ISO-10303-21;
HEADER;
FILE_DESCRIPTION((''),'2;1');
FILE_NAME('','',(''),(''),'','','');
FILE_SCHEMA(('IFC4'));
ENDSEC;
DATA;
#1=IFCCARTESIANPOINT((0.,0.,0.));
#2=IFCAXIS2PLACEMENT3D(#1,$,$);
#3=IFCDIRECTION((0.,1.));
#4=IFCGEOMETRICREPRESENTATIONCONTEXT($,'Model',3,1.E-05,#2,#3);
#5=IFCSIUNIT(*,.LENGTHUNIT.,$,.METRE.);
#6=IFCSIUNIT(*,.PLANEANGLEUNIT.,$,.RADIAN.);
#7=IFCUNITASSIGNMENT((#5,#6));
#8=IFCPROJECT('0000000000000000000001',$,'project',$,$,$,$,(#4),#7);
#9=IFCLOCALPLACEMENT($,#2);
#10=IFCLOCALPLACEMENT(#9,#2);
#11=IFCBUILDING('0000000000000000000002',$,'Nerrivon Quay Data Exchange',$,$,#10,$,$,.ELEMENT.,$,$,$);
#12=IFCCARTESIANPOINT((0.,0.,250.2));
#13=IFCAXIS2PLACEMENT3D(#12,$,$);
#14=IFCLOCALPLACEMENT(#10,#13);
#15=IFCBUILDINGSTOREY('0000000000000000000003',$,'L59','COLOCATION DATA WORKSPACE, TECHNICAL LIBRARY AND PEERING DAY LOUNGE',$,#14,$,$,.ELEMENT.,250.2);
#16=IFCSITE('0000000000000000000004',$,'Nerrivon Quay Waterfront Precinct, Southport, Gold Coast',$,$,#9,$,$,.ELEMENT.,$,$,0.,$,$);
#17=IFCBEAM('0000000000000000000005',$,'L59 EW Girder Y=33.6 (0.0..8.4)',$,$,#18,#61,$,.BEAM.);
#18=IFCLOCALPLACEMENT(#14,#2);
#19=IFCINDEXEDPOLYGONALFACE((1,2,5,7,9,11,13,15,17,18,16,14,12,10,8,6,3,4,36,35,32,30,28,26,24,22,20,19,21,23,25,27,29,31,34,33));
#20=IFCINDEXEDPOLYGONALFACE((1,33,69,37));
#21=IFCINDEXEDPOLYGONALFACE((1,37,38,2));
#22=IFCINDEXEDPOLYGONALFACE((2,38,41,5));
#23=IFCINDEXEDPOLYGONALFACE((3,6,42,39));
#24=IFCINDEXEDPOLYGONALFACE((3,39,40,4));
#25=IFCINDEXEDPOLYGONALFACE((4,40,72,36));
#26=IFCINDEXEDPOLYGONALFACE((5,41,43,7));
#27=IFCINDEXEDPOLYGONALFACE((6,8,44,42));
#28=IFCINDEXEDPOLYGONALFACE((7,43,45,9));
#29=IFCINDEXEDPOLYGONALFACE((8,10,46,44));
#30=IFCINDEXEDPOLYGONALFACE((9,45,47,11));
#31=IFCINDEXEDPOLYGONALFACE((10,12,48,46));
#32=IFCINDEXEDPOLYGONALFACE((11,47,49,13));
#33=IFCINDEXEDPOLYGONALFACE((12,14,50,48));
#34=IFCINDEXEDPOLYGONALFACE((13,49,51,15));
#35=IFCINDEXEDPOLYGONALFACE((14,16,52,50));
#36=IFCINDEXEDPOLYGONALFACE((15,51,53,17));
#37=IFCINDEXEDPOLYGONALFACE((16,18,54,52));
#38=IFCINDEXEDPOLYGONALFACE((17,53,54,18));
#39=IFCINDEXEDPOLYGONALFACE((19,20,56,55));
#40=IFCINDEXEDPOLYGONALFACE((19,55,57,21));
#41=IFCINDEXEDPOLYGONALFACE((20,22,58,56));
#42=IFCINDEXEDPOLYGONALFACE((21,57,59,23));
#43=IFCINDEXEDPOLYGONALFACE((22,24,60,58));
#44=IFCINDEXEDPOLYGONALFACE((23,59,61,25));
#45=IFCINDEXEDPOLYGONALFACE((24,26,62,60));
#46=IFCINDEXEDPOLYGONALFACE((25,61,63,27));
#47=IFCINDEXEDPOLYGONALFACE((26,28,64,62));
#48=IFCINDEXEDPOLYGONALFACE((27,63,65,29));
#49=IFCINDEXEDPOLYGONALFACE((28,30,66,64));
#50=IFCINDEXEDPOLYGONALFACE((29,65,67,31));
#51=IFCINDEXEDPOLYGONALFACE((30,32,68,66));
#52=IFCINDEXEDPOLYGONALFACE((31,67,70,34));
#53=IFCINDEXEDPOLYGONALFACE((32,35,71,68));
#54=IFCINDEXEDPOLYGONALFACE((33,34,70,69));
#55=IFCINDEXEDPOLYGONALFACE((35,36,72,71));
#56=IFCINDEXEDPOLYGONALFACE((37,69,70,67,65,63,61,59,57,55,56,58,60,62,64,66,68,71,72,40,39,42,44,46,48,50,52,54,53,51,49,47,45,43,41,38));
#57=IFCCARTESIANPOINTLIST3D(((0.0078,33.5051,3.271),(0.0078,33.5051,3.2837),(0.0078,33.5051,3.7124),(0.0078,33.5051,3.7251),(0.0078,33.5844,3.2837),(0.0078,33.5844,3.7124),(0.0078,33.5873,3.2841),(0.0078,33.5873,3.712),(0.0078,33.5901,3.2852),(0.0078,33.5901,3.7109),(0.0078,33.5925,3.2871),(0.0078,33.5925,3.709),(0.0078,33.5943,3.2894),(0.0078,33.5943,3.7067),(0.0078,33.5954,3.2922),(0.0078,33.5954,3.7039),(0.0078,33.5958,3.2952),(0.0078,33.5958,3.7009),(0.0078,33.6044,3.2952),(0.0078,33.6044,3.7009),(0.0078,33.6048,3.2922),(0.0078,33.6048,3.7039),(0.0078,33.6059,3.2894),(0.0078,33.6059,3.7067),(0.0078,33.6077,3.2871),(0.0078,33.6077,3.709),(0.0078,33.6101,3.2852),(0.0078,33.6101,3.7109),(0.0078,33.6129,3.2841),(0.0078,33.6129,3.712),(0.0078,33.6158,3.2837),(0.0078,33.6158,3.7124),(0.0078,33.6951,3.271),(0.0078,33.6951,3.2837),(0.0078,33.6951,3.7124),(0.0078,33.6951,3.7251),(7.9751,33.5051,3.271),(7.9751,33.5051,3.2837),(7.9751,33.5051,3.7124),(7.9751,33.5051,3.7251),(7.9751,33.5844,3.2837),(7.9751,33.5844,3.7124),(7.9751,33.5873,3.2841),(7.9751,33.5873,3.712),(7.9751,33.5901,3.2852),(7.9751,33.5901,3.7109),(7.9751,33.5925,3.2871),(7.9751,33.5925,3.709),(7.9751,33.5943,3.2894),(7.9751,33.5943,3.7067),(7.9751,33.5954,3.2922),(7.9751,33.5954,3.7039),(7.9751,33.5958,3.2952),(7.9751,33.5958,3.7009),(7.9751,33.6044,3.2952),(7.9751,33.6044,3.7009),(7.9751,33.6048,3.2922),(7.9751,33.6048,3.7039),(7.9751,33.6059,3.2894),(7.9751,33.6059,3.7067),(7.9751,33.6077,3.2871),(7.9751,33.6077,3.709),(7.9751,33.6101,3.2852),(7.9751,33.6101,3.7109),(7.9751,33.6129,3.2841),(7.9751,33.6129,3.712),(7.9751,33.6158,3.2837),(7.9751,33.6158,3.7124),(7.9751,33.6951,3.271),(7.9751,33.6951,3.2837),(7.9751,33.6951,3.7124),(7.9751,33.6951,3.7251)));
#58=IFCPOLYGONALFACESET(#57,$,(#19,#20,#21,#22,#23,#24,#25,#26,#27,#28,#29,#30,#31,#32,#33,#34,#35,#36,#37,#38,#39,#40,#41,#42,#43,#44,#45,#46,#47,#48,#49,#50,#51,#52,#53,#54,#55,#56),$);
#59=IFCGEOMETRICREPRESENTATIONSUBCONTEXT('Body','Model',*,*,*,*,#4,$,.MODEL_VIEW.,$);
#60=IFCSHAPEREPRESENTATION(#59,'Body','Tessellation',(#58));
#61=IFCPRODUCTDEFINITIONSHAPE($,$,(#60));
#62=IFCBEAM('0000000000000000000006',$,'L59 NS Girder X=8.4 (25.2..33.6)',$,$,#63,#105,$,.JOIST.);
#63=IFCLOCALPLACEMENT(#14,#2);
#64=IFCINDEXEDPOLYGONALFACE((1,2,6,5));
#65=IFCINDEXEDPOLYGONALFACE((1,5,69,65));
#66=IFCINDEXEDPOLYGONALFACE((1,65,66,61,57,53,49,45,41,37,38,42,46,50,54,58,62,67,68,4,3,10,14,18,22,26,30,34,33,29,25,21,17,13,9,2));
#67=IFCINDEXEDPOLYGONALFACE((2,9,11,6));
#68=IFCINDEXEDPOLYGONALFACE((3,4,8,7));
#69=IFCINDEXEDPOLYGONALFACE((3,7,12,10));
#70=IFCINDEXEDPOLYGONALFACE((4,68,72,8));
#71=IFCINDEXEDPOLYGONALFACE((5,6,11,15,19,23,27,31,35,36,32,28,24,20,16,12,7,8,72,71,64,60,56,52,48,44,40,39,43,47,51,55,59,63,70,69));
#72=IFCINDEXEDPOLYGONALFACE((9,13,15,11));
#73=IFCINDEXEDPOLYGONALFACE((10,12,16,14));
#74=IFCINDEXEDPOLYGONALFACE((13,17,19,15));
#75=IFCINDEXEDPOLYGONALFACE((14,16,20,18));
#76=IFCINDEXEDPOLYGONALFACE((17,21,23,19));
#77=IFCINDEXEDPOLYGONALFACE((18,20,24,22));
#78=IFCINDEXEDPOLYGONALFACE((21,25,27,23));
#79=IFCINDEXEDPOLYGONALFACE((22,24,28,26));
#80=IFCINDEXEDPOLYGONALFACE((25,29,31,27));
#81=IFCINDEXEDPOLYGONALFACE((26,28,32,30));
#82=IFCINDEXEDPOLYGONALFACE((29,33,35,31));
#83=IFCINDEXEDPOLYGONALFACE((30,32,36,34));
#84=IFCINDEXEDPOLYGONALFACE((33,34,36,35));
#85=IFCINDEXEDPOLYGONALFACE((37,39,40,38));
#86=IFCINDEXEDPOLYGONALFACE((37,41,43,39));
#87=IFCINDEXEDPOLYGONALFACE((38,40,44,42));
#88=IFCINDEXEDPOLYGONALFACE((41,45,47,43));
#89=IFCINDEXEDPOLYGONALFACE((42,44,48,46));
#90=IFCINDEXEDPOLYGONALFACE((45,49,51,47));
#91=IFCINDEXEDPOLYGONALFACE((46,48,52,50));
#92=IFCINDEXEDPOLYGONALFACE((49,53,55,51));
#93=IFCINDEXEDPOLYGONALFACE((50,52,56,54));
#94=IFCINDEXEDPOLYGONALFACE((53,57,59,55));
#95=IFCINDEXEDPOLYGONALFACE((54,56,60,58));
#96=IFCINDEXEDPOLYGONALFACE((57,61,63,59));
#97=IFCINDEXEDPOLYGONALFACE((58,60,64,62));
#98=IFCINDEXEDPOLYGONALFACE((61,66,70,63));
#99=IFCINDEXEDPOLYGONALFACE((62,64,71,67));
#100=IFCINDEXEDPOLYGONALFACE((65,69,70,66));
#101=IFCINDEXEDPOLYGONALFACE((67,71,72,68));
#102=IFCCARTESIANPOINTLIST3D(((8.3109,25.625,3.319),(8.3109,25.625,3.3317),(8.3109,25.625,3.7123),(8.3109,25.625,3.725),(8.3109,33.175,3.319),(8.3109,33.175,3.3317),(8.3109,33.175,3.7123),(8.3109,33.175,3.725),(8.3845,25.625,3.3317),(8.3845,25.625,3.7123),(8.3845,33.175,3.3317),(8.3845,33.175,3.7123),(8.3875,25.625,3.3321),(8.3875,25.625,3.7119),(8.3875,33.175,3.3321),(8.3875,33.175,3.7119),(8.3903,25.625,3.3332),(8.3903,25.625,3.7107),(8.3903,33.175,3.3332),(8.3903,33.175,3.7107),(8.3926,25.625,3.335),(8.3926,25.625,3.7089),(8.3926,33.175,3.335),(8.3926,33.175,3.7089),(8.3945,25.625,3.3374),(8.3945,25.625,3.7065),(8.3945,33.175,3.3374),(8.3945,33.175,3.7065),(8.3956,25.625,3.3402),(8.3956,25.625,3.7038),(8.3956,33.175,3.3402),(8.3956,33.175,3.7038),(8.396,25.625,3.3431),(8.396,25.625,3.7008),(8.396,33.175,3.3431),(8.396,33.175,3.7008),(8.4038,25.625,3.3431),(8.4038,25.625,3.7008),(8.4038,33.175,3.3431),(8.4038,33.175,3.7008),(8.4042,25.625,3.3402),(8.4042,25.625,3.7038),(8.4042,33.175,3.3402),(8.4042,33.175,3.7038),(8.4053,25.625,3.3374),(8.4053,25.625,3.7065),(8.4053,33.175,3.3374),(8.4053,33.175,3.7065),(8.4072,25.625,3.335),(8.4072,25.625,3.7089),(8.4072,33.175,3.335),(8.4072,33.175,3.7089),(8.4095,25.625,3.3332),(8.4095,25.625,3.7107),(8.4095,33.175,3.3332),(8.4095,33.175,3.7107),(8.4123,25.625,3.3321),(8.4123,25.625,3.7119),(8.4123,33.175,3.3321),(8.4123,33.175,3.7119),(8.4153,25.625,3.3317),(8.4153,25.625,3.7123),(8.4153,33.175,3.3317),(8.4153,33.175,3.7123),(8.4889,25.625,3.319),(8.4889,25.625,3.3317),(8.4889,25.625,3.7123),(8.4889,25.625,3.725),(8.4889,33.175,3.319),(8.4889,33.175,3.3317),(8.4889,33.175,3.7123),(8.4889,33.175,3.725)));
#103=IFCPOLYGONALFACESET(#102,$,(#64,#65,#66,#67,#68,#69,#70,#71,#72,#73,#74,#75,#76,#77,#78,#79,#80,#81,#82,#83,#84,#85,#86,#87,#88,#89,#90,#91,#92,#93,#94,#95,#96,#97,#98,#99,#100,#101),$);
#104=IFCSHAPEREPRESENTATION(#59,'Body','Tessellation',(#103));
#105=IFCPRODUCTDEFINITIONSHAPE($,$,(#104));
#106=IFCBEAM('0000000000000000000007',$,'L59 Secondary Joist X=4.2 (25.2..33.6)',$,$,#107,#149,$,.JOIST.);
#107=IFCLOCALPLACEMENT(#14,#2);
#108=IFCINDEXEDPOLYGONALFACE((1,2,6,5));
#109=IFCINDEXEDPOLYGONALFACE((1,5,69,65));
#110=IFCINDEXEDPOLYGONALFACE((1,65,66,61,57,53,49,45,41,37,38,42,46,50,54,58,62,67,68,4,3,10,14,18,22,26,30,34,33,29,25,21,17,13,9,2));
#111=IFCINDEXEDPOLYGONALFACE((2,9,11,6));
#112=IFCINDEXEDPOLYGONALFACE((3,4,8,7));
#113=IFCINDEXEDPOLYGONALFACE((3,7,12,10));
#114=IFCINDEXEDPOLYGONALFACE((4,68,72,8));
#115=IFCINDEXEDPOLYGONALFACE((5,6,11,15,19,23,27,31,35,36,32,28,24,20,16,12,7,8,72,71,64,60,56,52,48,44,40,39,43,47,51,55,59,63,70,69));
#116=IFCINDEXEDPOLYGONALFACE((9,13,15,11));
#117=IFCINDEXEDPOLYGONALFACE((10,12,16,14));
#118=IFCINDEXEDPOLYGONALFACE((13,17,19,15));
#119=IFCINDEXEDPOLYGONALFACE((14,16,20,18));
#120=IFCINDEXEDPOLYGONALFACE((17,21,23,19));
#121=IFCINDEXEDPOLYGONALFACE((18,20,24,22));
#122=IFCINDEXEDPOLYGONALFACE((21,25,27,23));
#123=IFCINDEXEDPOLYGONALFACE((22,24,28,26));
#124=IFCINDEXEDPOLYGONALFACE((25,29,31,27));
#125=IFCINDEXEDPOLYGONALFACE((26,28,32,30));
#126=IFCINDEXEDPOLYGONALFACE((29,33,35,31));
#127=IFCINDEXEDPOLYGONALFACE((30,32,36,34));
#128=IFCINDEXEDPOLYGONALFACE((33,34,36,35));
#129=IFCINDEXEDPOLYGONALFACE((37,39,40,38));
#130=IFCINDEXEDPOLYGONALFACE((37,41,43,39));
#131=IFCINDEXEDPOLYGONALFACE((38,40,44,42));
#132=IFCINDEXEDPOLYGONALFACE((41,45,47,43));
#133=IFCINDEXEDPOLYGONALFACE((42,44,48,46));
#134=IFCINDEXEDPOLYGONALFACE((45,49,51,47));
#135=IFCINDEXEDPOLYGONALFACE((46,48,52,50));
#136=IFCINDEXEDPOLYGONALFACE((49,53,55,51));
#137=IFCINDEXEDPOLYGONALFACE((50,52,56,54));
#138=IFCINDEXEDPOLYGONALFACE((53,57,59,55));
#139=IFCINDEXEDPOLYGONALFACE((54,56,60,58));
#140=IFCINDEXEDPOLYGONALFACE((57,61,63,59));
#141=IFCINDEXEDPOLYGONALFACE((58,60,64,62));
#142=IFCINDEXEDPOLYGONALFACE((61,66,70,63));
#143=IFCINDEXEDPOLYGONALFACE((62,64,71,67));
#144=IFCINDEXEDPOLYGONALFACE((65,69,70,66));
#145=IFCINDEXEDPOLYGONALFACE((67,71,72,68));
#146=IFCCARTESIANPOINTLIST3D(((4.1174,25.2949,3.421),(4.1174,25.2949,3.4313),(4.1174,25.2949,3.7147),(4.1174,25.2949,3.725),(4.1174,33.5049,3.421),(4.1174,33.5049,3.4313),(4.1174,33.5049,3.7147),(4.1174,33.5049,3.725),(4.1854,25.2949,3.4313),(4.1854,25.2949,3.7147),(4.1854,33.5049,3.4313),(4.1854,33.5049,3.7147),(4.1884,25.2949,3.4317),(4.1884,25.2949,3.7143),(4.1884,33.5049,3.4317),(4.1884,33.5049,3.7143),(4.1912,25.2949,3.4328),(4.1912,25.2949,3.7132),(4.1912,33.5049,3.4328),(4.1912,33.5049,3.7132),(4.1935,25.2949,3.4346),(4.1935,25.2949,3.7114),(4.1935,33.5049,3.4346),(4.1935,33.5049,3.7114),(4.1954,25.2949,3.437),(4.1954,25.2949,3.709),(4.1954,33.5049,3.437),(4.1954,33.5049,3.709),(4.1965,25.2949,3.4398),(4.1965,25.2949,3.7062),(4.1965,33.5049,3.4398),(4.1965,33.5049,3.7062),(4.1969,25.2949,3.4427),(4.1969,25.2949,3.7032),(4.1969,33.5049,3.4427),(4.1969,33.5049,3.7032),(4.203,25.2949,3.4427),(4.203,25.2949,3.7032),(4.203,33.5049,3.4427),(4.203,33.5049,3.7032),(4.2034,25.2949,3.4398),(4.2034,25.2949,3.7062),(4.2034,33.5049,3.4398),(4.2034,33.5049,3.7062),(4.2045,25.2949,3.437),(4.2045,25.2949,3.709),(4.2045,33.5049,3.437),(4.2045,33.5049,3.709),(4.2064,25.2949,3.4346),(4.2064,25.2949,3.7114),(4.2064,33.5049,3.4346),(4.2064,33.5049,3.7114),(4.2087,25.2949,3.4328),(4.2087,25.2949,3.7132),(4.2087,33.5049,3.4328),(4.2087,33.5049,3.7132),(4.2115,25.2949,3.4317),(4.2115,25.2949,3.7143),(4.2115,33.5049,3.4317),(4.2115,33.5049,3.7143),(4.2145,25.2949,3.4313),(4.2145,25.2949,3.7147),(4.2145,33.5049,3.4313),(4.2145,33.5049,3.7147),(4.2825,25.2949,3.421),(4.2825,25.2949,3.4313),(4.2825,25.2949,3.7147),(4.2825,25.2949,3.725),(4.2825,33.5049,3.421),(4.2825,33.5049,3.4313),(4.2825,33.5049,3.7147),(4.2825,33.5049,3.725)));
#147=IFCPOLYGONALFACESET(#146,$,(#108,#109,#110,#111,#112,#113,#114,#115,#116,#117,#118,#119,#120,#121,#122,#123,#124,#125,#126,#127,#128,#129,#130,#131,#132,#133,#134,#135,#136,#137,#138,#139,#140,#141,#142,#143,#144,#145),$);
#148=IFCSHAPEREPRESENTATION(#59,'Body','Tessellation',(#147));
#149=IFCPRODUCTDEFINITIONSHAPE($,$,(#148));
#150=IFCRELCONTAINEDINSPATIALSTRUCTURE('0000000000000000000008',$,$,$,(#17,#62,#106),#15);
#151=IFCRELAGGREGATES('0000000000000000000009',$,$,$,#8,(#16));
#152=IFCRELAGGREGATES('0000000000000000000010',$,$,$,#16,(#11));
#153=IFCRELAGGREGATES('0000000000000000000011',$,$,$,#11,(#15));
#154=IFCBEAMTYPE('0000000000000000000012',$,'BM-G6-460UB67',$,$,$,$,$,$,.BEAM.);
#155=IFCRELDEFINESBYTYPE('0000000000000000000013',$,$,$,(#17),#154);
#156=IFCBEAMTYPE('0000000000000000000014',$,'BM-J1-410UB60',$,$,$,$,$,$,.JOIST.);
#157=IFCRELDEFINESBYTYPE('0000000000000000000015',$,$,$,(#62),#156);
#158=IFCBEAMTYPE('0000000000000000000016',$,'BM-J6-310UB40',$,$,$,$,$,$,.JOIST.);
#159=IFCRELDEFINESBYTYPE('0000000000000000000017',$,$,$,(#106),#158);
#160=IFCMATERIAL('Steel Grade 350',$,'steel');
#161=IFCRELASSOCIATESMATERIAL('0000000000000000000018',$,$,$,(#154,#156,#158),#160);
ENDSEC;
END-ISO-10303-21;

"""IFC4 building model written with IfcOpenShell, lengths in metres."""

from ifc_helpers import new_model, si_unit, direction, frame, origin, origin_2d, place, context, subcontext, project, spatial, i_section, extrude, material, material_profile, profile_set, type_object, element, save


model = new_model("IFC4")

# Units and contexts
model_context = context("Model", 3, precision=1e-05, world=origin(), true_north=direction((0.0, 1.0)))
body_context = subcontext(model_context, "Body", "Model", "MODEL_VIEW")
ifc_project = project(units=[si_unit("LENGTHUNIT", "METRE"), si_unit("PLANEANGLEUNIT", "RADIAN")], contexts=[model_context])

# Site, building, storey
site_placement = place(None, origin())
site = spatial("IfcSite", under=ifc_project, at=site_placement, Name="Nerrivon Quay Waterfront Precinct, Southport, Gold Coast", CompositionType="ELEMENT", RefElevation=0.0)
building_placement = place(site_placement, origin())
building = spatial("IfcBuilding", under=site, at=building_placement, Name="Nerrivon Quay Data Exchange", CompositionType="ELEMENT")
storey_placement = place(building_placement, frame((0.0, 0.0, 250.2)))
storey = spatial("IfcBuildingStorey", under=building, at=storey_placement, Name="L59", Description="COLOCATION DATA WORKSPACE, TECHNICAL LIBRARY AND PEERING DAY LOUNGE", CompositionType="ELEMENT", Elevation=250.2)

# Shared definitions
ifc_material_1 = material(Name="Steel Grade 350", Category="steel")

# Beams
ifc_material_profile_1 = material_profile(ifc_material_1, i_section(OverallWidth=0.1899, OverallDepth=0.4541, WebThickness=0.0085, FlangeThickness=0.0127, FilletRadius=0.0115, at=origin_2d()), Name="460UB67.1")
ifc_profile_set_1 = profile_set([ifc_material_profile_1], Name="Steel Grade 350")
beam_type_1 = type_object("IfcBeamType", Name="BM-G6-460UB67", PredefinedType="BEAM", material=ifc_profile_set_1)
for number, where, z_axis, x_axis, name in (
    (1, (0.0078, 33.6001, 3.498), (1.0, 0.0, 0.0), (0.0, 1.0, 0.0), "L59 EW Girder Y=33.6 (0.0..8.4)"),
):
    element("IfcBeam", number, at=place(storey_placement, frame(where, z_axis=z_axis, x_axis=x_axis)), inside=storey, type_object=beam_type_1, Name=name, PredefinedType="BEAM", context=body_context, shape_type="SweptSolid", body=[
        extrude(i_section(OverallWidth=0.1899, OverallDepth=0.4541, WebThickness=0.0085, FlangeThickness=0.0127, FilletRadius=0.0115, at=origin_2d()), origin(), (0.0, 0.0, 1.0), 7.9673),
    ])
ifc_material_profile_2 = material_profile(ifc_material_1, i_section(OverallWidth=0.178, OverallDepth=0.406, WebThickness=0.0078, FlangeThickness=0.0127, FilletRadius=0.0115, at=origin_2d()), Name="410UB59.7")
ifc_profile_set_2 = profile_set([ifc_material_profile_2], Name="Steel Grade 350")
beam_type_2 = type_object("IfcBeamType", Name="BM-J1-410UB60", PredefinedType="JOIST", material=ifc_profile_set_2)
beam_1_placement = place(storey_placement, frame((8.3999, 25.625, 3.522), z_axis=(0.0, 1.0, 0.0), x_axis=(-1.0, 0.0, 0.0)))
element("IfcBeam", 2, at=beam_1_placement, inside=storey, type_object=beam_type_2, Name="L59 NS Girder X=8.4 (25.2..33.6)", PredefinedType="JOIST", context=body_context, shape_type="SweptSolid", body=[
    extrude(i_section(OverallWidth=0.178, OverallDepth=0.406, WebThickness=0.0078, FlangeThickness=0.0127, FilletRadius=0.0115, at=origin_2d()), origin(), (0.0, 0.0, 1.0), 7.55),
])
ifc_material_profile_3 = material_profile(ifc_material_1, i_section(OverallWidth=0.165, OverallDepth=0.304, WebThickness=0.0061, FlangeThickness=0.0103, FilletRadius=0.0115, at=origin_2d()), Name="310UB40.4")
ifc_profile_set_3 = profile_set([ifc_material_profile_3], Name="Steel Grade 350")
beam_type_3 = type_object("IfcBeamType", Name="BM-J6-310UB40", PredefinedType="JOIST", material=ifc_profile_set_3)
beam_2_placement = place(storey_placement, frame((4.2, 25.2949, 3.573), z_axis=(0.0, 1.0, 0.0), x_axis=(-1.0, 0.0, 0.0)))
element("IfcBeam", 3, at=beam_2_placement, inside=storey, type_object=beam_type_3, Name="L59 Secondary Joist X=4.2 (25.2..33.6)", PredefinedType="JOIST", context=body_context, shape_type="SweptSolid", body=[
    extrude(i_section(OverallWidth=0.165, OverallDepth=0.304, WebThickness=0.0061, FlangeThickness=0.0103, FilletRadius=0.0115, at=origin_2d()), origin(), (0.0, 0.0, 1.0), 8.21),
])

save(model, "model.ifc")
